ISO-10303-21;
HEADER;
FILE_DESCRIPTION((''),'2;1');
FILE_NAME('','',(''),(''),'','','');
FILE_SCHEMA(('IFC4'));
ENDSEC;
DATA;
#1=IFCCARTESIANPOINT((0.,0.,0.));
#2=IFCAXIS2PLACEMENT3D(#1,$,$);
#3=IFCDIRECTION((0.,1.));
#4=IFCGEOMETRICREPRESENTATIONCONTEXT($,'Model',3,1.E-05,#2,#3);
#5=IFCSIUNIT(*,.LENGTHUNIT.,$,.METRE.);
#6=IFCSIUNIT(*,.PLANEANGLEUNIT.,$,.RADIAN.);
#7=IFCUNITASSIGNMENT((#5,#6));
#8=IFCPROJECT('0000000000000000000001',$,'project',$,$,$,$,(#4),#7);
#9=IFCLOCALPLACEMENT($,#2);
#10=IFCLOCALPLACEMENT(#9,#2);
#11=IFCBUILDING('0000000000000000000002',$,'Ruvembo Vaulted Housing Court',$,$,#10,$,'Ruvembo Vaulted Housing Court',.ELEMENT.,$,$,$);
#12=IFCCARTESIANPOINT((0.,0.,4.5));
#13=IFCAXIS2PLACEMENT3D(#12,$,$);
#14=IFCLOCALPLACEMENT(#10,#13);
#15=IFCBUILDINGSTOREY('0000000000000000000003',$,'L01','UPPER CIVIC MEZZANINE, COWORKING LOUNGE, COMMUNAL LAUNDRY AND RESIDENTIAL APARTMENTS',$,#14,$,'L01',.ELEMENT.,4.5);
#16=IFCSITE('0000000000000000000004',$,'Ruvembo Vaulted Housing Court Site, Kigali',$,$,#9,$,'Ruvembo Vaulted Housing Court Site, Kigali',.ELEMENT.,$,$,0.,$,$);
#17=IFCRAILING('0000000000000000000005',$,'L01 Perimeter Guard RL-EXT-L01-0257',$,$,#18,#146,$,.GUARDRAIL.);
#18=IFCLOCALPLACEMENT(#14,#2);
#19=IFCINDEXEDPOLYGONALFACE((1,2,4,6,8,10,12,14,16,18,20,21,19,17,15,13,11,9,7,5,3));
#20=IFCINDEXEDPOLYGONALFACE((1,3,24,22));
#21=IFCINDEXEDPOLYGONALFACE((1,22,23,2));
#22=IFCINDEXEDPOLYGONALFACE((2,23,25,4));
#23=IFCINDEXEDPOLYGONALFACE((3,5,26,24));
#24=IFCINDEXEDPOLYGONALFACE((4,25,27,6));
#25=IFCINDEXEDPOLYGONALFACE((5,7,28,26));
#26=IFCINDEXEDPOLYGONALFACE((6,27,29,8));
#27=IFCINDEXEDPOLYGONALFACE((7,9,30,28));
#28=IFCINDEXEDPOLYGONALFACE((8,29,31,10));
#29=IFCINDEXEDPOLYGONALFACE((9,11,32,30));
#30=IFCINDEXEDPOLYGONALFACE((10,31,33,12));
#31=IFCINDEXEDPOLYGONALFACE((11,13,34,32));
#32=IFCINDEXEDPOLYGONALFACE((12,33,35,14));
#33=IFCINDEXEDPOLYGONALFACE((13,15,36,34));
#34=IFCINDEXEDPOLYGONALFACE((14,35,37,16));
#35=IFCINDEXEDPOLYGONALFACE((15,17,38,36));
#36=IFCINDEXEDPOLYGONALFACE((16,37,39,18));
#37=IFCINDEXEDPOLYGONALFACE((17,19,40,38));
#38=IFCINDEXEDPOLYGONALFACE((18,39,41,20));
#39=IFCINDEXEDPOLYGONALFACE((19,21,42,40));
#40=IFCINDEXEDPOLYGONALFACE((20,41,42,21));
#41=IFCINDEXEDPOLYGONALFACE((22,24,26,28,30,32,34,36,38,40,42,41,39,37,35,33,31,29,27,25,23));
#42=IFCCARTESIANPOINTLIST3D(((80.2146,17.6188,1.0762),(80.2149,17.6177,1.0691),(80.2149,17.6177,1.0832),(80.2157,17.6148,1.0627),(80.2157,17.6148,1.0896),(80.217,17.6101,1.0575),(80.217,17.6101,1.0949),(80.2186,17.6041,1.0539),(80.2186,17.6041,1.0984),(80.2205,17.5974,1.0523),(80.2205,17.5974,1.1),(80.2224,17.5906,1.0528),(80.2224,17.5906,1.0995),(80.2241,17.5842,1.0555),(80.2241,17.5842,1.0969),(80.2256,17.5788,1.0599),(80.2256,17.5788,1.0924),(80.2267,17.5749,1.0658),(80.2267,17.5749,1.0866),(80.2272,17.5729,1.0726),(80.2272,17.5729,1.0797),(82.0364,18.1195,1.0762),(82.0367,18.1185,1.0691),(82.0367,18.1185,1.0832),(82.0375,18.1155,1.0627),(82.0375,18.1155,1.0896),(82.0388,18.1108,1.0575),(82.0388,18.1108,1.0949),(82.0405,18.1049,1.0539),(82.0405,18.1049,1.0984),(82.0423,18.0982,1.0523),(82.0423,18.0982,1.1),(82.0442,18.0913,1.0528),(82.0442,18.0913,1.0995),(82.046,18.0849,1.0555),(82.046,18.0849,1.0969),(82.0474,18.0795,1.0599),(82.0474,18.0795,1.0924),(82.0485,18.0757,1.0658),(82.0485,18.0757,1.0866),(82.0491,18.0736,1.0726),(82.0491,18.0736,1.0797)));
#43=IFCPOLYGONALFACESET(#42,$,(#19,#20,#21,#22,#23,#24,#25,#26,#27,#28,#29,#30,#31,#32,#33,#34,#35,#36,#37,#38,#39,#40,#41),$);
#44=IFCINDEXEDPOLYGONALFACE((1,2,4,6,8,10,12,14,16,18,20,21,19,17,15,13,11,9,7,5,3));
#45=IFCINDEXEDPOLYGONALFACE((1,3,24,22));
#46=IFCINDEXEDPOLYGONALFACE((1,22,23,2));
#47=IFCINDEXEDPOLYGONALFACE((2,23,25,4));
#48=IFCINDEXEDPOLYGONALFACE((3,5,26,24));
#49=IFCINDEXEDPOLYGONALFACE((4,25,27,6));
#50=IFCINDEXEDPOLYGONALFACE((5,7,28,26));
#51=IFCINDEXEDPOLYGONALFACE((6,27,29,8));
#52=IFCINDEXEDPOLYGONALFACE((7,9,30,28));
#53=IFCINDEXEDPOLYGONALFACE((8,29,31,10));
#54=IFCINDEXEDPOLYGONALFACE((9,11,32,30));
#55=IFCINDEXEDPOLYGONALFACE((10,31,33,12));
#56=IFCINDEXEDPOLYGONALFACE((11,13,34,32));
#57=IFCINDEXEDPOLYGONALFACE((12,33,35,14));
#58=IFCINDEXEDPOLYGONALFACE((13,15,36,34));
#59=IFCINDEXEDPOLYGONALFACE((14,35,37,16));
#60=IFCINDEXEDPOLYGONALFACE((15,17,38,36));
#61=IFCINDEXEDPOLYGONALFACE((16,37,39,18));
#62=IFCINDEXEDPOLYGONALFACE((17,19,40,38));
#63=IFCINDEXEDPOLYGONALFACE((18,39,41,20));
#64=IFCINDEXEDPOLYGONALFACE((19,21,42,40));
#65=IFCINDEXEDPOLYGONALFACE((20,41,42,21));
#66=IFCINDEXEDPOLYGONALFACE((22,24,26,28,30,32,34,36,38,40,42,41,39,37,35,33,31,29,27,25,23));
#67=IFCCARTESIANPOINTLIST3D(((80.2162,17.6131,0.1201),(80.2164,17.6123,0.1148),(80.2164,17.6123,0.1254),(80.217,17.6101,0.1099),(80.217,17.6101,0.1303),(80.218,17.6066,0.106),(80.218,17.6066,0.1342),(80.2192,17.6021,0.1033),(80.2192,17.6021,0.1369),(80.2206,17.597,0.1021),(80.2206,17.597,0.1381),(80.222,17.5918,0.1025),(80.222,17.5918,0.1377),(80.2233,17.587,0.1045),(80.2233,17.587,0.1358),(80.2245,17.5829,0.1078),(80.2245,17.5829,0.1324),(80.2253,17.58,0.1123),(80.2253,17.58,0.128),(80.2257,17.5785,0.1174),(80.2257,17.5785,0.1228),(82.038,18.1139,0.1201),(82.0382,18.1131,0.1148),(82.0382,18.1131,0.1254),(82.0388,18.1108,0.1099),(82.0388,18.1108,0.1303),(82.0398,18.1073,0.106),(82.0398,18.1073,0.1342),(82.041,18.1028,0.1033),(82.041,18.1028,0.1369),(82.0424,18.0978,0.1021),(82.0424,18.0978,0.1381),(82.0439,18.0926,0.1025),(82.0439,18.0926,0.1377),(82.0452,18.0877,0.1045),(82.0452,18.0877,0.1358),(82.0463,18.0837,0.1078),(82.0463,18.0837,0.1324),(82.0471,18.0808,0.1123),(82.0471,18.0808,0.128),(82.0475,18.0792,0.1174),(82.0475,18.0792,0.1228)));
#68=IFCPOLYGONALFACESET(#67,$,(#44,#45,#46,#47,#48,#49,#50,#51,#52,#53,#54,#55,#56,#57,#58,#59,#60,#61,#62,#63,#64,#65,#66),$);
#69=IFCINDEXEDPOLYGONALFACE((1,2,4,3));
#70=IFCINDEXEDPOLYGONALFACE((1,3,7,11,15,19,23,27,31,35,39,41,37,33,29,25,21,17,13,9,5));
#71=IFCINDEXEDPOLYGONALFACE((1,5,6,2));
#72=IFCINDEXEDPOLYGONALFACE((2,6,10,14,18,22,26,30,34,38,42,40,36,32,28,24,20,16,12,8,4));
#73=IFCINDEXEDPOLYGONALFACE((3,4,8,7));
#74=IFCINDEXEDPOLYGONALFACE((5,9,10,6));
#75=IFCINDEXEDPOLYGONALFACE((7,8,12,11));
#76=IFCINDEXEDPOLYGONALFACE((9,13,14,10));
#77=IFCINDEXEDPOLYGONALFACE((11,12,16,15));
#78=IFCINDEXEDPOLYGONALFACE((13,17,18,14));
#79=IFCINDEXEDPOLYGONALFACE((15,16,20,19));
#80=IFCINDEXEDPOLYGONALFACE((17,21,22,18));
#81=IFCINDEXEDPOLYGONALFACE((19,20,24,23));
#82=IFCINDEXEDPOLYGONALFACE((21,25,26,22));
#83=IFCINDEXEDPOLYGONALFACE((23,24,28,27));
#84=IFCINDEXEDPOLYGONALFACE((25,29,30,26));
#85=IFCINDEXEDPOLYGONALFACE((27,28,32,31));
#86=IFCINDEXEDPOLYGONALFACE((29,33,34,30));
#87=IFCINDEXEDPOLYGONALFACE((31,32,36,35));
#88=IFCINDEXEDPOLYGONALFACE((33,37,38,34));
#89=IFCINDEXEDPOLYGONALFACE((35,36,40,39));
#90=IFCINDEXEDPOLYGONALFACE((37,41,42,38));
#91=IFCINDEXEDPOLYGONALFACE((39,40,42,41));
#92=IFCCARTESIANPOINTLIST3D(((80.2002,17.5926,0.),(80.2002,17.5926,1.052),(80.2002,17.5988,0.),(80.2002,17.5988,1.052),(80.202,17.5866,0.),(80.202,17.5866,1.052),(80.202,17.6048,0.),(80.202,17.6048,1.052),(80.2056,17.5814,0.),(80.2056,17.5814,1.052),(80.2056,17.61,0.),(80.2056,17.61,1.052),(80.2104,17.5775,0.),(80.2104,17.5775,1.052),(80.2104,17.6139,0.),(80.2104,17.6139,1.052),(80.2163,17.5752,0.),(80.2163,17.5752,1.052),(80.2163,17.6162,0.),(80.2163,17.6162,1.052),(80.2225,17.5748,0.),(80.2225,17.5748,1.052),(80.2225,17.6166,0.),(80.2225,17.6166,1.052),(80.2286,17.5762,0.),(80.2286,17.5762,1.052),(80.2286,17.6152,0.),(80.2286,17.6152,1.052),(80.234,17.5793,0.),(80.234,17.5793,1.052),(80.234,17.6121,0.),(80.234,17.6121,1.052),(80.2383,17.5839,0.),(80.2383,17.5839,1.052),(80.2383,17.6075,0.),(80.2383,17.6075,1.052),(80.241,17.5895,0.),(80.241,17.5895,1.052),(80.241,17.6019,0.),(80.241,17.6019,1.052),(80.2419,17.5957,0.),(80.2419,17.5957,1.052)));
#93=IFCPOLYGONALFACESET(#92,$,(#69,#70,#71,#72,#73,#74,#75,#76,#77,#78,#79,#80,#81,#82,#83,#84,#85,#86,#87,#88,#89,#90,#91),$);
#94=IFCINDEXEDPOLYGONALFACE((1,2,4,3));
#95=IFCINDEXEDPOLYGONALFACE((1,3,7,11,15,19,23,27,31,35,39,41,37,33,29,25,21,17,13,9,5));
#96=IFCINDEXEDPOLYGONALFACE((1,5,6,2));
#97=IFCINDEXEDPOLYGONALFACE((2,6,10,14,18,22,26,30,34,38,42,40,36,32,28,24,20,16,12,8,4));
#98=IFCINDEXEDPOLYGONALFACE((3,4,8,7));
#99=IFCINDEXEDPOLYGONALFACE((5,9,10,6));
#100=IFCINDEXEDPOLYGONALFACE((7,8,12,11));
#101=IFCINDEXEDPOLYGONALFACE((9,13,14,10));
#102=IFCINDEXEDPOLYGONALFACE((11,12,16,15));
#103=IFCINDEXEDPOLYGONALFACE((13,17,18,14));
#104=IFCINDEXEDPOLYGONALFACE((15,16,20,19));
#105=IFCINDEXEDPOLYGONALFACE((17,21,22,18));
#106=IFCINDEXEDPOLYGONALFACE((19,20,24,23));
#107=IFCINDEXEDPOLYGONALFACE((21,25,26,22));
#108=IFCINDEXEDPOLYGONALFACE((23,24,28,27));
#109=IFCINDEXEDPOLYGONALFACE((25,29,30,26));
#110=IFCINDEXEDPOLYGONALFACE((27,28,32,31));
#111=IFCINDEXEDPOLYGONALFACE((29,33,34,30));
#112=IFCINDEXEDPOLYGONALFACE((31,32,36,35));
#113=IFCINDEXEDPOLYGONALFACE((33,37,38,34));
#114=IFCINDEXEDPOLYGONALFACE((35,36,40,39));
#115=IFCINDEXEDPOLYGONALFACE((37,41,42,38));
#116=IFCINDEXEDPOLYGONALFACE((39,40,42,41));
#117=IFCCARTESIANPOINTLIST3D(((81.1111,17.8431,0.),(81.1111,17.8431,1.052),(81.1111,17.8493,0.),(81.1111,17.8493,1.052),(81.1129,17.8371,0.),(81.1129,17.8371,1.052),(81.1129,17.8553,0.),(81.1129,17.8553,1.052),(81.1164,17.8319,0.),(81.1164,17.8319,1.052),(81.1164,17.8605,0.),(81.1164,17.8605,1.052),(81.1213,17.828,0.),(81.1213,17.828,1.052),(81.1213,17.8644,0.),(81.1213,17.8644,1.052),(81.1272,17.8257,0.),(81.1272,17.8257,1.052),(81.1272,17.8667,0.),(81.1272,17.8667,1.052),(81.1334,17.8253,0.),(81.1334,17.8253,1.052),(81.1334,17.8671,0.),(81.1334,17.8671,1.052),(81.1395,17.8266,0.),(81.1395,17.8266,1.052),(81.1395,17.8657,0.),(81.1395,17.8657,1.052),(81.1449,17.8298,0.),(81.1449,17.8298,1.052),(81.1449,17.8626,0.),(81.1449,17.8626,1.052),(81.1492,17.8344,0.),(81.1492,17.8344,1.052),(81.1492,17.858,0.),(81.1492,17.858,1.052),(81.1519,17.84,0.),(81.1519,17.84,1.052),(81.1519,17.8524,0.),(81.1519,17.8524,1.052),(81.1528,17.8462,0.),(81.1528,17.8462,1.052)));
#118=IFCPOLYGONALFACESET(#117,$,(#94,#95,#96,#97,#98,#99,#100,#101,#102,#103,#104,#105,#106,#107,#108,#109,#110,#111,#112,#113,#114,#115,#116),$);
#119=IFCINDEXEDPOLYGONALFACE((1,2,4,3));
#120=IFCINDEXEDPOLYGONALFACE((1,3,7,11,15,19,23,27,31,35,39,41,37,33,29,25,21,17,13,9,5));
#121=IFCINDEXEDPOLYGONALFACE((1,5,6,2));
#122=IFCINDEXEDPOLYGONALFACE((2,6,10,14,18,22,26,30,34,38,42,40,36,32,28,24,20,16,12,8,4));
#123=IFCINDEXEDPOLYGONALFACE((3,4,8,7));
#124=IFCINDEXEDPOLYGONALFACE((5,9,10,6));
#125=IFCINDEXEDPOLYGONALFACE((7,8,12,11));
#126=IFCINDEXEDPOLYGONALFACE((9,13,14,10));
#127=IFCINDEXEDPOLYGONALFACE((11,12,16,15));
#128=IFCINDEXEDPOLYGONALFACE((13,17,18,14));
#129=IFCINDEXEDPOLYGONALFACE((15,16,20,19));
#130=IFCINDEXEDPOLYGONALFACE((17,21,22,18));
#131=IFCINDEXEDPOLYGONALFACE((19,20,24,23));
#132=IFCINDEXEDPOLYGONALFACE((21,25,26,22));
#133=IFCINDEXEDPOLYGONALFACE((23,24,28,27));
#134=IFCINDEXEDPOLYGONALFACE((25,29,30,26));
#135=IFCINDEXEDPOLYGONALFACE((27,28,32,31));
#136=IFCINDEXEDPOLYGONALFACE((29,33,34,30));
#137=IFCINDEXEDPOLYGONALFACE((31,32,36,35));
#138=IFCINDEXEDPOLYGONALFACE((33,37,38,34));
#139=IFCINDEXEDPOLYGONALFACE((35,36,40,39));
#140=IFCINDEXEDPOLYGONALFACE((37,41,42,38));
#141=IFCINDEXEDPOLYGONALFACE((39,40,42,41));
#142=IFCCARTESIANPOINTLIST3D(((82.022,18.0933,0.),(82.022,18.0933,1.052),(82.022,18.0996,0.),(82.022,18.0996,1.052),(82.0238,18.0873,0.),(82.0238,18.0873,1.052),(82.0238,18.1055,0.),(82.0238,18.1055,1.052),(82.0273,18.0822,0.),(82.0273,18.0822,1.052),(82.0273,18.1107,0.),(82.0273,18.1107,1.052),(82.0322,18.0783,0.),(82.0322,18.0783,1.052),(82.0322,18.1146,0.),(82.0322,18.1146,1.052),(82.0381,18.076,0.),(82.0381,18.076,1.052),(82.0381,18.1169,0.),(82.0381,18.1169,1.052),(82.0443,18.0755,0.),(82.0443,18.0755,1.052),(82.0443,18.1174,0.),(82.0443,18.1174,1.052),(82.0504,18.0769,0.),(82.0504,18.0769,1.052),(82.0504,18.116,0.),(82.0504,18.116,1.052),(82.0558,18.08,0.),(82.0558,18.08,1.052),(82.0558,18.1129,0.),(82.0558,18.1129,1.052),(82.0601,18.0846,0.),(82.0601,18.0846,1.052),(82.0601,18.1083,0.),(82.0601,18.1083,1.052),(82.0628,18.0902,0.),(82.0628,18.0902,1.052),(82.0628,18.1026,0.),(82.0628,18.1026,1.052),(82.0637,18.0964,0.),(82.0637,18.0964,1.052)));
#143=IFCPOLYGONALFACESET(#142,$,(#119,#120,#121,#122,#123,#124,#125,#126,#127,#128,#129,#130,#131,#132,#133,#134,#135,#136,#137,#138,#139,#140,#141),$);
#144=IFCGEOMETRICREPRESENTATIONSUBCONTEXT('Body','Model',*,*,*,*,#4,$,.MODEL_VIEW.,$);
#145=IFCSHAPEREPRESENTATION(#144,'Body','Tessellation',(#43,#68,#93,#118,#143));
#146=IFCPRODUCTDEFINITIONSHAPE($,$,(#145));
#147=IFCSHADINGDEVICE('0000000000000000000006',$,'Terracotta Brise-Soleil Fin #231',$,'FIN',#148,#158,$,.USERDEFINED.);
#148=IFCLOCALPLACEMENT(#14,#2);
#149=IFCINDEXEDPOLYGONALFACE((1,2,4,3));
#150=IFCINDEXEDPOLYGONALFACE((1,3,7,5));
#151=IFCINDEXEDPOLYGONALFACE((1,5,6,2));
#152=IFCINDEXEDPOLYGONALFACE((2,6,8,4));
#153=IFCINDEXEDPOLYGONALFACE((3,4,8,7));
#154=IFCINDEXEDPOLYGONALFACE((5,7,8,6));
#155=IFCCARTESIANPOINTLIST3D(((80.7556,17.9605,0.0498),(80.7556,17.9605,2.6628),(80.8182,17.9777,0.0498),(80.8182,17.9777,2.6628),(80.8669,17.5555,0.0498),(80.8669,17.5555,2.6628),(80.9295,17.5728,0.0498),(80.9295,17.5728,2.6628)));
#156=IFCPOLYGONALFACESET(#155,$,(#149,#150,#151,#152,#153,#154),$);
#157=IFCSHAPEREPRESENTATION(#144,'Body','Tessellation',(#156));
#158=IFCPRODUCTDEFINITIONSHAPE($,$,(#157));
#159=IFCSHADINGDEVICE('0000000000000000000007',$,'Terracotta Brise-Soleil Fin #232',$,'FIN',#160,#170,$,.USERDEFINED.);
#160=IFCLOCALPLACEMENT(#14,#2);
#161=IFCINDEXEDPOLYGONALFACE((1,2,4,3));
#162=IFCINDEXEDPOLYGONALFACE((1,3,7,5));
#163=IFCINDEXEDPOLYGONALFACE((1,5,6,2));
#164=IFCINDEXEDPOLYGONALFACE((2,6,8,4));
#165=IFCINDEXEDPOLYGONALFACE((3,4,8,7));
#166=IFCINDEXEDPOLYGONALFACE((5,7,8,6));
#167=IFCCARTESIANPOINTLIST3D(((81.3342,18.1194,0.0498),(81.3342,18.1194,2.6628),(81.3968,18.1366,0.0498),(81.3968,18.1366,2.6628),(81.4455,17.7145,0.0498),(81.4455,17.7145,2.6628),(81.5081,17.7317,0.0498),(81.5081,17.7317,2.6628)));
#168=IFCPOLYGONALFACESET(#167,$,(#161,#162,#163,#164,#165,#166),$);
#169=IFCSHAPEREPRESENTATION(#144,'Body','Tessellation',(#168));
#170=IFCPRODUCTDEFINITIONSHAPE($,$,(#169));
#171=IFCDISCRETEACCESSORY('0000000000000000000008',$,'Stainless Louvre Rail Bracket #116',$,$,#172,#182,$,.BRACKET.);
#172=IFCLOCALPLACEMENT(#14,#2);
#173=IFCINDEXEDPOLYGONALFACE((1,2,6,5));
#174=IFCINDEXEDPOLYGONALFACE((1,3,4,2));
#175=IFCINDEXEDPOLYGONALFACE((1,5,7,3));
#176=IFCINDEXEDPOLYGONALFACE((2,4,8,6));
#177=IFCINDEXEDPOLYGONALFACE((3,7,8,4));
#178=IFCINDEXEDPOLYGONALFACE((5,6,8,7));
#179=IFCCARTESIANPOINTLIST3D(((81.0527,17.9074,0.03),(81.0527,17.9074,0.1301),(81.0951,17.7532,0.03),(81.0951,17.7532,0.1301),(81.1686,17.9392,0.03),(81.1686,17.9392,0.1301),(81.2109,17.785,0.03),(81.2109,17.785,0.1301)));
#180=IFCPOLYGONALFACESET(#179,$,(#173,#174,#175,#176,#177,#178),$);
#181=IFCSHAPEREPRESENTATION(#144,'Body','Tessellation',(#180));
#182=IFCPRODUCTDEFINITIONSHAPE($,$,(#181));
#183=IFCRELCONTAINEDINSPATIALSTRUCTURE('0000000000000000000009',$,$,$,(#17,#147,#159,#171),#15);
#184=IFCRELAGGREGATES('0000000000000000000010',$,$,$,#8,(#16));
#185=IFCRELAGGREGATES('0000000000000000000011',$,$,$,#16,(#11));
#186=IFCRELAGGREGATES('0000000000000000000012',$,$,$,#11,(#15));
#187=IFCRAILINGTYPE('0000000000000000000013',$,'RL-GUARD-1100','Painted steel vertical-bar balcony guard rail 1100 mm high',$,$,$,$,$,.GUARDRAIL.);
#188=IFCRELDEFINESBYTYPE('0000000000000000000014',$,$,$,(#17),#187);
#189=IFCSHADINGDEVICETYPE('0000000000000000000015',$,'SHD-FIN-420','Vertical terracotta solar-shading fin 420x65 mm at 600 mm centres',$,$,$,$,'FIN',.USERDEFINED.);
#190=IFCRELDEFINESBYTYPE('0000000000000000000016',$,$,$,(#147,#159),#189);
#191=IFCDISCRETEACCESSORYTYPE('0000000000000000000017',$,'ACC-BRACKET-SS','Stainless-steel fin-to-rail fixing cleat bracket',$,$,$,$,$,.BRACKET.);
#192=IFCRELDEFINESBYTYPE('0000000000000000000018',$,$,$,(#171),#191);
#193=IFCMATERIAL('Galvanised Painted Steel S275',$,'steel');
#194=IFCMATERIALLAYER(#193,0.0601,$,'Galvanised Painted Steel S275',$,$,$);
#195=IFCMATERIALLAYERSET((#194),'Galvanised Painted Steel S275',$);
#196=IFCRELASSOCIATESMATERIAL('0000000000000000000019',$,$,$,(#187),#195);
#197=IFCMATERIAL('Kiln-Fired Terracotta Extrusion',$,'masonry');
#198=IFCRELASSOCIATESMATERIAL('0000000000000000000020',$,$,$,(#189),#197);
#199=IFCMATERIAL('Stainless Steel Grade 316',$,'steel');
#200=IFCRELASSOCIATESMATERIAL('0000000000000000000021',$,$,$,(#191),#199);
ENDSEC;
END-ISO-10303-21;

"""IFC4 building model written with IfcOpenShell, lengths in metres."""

from ifc_helpers import new_model, si_unit, direction, frame, origin, origin_2d, place, context, subcontext, project, spatial, rectangle, circle, extrude, material, layer, layer_set, type_object, element, save


model = new_model("IFC4")

# Units and contexts
model_context = context("Model", 3, precision=1e-05, world=origin(), true_north=direction((0.0, 1.0)))
body_context = subcontext(model_context, "Body", "Model", "MODEL_VIEW")
ifc_project = project(units=[si_unit("LENGTHUNIT", "METRE"), si_unit("PLANEANGLEUNIT", "RADIAN")], contexts=[model_context])

# Site, building, storey
site_placement = place(None, origin())
site = spatial("IfcSite", under=ifc_project, at=site_placement, Name="Ruvembo Vaulted Housing Court Site, Kigali", LongName="Ruvembo Vaulted Housing Court Site, Kigali", CompositionType="ELEMENT", RefElevation=0.0)
building_placement = place(site_placement, origin())
building = spatial("IfcBuilding", under=site, at=building_placement, Name="Ruvembo Vaulted Housing Court", LongName="Ruvembo Vaulted Housing Court", CompositionType="ELEMENT")
storey_placement = place(building_placement, frame((0.0, 0.0, 4.5)))
storey = spatial("IfcBuildingStorey", under=building, at=storey_placement, Name="L01", Description="UPPER CIVIC MEZZANINE, COWORKING LOUNGE, COMMUNAL LAUNDRY AND RESIDENTIAL APARTMENTS", LongName="L01", CompositionType="ELEMENT", Elevation=4.5)

# Railing
ifc_material_1 = material(Name="Galvanised Painted Steel S275", Category="steel")
ifc_layer_1 = layer(ifc_material_1, 0.0601, Name="Galvanised Painted Steel S275")
ifc_layer_set_1 = layer_set([ifc_layer_1], Name="Galvanised Painted Steel S275")
railing_type_1 = type_object("IfcRailingType", Name="RL-GUARD-1100", Description="Painted steel vertical-bar balcony guard rail 1100 mm high", PredefinedType="GUARDRAIL", material=ifc_layer_set_1)
railing_1_placement = place(storey_placement, frame((80.2209, 17.5957, 0.0)))
element("IfcRailing", 1, at=railing_1_placement, inside=storey, type_object=railing_type_1, Name="L01 Perimeter Guard RL-EXT-L01-0257", PredefinedType="GUARDRAIL", context=body_context, shape_type="SweptSolid", body=[
    extrude(circle(Radius=0.0239, at=origin_2d()), frame((0.0, 0.0, 1.0762), z_axis=(0.96424, 0.26503, 0.0), x_axis=(-0.26503, 0.96424, 0.0)), (0.0, 0.0, 1.0), 1.8894),
    extrude(circle(Radius=0.0181, at=origin_2d()), frame((0.0, 0.0, 0.1201), z_axis=(0.96424, 0.26503, 0.0), x_axis=(-0.26503, 0.96424, 0.0)), (0.0, 0.0, 1.0), 1.8894),
    extrude(circle(Radius=0.021, at=origin_2d()), origin(), (0.0, 0.0, 1.0), 1.052),
    extrude(circle(Radius=0.021, at=origin_2d()), frame((0.9109, 0.2505, 0.0)), (0.0, 0.0, 1.0), 1.052),
    extrude(circle(Radius=0.021, at=origin_2d()), frame((1.8218, 0.5007, 0.0)), (0.0, 0.0, 1.0), 1.052),
])

# Shading devices
ifc_material_2 = material(Name="Kiln-Fired Terracotta Extrusion", Category="masonry")
shading_device_type = type_object("IfcShadingDeviceType", Name="SHD-FIN-420", Description="Vertical terracotta solar-shading fin 420x65 mm at 600 mm centres", ElementType="FIN", PredefinedType="USERDEFINED", material=ifc_material_2)
for number, where, z_axis, x_axis, name in (
    (2, (80.8425, 17.7666, 0.0498), (0.0, 0.0, 1.0), (0.264984, -0.964253, 0.0), "Terracotta Brise-Soleil Fin #231"),
    (3, (81.4211, 17.9255, 0.0498), (0.0, 0.0, 1.0), (0.264984, -0.964253, 0.0), "Terracotta Brise-Soleil Fin #232"),
):
    element("IfcShadingDevice", number, at=place(storey_placement, frame(where, z_axis=z_axis, x_axis=x_axis)), inside=storey, type_object=shading_device_type, Name=name, ObjectType="FIN", PredefinedType="USERDEFINED", context=body_context, shape_type="SweptSolid", body=[
        extrude(rectangle(XDim=0.4199, YDim=0.0649, at=origin_2d()), origin(), (0.0, 0.0, 1.0), 2.613),
    ])

# Discrete accessory
ifc_material_3 = material(Name="Stainless Steel Grade 316", Category="steel")
discrete_accessory_type = type_object("IfcDiscreteAccessoryType", Name="ACC-BRACKET-SS", Description="Stainless-steel fin-to-rail fixing cleat bracket", PredefinedType="BRACKET", material=ifc_material_3)
discrete_accessory_placement = place(storey_placement, frame((81.1318, 17.8462, 0.03), z_axis=(0.0, 0.0, 1.0), x_axis=(0.264984, -0.964253, 0.0)))
element("IfcDiscreteAccessory", 4, at=discrete_accessory_placement, inside=storey, type_object=discrete_accessory_type, Name="Stainless Louvre Rail Bracket #116", PredefinedType="BRACKET", context=body_context, shape_type="SweptSolid", body=[
    extrude(rectangle(XDim=0.1599, YDim=0.1201, at=origin_2d()), origin(), (0.0, 0.0, 1.0), 0.1001),
])

save(model, "model.ifc")
